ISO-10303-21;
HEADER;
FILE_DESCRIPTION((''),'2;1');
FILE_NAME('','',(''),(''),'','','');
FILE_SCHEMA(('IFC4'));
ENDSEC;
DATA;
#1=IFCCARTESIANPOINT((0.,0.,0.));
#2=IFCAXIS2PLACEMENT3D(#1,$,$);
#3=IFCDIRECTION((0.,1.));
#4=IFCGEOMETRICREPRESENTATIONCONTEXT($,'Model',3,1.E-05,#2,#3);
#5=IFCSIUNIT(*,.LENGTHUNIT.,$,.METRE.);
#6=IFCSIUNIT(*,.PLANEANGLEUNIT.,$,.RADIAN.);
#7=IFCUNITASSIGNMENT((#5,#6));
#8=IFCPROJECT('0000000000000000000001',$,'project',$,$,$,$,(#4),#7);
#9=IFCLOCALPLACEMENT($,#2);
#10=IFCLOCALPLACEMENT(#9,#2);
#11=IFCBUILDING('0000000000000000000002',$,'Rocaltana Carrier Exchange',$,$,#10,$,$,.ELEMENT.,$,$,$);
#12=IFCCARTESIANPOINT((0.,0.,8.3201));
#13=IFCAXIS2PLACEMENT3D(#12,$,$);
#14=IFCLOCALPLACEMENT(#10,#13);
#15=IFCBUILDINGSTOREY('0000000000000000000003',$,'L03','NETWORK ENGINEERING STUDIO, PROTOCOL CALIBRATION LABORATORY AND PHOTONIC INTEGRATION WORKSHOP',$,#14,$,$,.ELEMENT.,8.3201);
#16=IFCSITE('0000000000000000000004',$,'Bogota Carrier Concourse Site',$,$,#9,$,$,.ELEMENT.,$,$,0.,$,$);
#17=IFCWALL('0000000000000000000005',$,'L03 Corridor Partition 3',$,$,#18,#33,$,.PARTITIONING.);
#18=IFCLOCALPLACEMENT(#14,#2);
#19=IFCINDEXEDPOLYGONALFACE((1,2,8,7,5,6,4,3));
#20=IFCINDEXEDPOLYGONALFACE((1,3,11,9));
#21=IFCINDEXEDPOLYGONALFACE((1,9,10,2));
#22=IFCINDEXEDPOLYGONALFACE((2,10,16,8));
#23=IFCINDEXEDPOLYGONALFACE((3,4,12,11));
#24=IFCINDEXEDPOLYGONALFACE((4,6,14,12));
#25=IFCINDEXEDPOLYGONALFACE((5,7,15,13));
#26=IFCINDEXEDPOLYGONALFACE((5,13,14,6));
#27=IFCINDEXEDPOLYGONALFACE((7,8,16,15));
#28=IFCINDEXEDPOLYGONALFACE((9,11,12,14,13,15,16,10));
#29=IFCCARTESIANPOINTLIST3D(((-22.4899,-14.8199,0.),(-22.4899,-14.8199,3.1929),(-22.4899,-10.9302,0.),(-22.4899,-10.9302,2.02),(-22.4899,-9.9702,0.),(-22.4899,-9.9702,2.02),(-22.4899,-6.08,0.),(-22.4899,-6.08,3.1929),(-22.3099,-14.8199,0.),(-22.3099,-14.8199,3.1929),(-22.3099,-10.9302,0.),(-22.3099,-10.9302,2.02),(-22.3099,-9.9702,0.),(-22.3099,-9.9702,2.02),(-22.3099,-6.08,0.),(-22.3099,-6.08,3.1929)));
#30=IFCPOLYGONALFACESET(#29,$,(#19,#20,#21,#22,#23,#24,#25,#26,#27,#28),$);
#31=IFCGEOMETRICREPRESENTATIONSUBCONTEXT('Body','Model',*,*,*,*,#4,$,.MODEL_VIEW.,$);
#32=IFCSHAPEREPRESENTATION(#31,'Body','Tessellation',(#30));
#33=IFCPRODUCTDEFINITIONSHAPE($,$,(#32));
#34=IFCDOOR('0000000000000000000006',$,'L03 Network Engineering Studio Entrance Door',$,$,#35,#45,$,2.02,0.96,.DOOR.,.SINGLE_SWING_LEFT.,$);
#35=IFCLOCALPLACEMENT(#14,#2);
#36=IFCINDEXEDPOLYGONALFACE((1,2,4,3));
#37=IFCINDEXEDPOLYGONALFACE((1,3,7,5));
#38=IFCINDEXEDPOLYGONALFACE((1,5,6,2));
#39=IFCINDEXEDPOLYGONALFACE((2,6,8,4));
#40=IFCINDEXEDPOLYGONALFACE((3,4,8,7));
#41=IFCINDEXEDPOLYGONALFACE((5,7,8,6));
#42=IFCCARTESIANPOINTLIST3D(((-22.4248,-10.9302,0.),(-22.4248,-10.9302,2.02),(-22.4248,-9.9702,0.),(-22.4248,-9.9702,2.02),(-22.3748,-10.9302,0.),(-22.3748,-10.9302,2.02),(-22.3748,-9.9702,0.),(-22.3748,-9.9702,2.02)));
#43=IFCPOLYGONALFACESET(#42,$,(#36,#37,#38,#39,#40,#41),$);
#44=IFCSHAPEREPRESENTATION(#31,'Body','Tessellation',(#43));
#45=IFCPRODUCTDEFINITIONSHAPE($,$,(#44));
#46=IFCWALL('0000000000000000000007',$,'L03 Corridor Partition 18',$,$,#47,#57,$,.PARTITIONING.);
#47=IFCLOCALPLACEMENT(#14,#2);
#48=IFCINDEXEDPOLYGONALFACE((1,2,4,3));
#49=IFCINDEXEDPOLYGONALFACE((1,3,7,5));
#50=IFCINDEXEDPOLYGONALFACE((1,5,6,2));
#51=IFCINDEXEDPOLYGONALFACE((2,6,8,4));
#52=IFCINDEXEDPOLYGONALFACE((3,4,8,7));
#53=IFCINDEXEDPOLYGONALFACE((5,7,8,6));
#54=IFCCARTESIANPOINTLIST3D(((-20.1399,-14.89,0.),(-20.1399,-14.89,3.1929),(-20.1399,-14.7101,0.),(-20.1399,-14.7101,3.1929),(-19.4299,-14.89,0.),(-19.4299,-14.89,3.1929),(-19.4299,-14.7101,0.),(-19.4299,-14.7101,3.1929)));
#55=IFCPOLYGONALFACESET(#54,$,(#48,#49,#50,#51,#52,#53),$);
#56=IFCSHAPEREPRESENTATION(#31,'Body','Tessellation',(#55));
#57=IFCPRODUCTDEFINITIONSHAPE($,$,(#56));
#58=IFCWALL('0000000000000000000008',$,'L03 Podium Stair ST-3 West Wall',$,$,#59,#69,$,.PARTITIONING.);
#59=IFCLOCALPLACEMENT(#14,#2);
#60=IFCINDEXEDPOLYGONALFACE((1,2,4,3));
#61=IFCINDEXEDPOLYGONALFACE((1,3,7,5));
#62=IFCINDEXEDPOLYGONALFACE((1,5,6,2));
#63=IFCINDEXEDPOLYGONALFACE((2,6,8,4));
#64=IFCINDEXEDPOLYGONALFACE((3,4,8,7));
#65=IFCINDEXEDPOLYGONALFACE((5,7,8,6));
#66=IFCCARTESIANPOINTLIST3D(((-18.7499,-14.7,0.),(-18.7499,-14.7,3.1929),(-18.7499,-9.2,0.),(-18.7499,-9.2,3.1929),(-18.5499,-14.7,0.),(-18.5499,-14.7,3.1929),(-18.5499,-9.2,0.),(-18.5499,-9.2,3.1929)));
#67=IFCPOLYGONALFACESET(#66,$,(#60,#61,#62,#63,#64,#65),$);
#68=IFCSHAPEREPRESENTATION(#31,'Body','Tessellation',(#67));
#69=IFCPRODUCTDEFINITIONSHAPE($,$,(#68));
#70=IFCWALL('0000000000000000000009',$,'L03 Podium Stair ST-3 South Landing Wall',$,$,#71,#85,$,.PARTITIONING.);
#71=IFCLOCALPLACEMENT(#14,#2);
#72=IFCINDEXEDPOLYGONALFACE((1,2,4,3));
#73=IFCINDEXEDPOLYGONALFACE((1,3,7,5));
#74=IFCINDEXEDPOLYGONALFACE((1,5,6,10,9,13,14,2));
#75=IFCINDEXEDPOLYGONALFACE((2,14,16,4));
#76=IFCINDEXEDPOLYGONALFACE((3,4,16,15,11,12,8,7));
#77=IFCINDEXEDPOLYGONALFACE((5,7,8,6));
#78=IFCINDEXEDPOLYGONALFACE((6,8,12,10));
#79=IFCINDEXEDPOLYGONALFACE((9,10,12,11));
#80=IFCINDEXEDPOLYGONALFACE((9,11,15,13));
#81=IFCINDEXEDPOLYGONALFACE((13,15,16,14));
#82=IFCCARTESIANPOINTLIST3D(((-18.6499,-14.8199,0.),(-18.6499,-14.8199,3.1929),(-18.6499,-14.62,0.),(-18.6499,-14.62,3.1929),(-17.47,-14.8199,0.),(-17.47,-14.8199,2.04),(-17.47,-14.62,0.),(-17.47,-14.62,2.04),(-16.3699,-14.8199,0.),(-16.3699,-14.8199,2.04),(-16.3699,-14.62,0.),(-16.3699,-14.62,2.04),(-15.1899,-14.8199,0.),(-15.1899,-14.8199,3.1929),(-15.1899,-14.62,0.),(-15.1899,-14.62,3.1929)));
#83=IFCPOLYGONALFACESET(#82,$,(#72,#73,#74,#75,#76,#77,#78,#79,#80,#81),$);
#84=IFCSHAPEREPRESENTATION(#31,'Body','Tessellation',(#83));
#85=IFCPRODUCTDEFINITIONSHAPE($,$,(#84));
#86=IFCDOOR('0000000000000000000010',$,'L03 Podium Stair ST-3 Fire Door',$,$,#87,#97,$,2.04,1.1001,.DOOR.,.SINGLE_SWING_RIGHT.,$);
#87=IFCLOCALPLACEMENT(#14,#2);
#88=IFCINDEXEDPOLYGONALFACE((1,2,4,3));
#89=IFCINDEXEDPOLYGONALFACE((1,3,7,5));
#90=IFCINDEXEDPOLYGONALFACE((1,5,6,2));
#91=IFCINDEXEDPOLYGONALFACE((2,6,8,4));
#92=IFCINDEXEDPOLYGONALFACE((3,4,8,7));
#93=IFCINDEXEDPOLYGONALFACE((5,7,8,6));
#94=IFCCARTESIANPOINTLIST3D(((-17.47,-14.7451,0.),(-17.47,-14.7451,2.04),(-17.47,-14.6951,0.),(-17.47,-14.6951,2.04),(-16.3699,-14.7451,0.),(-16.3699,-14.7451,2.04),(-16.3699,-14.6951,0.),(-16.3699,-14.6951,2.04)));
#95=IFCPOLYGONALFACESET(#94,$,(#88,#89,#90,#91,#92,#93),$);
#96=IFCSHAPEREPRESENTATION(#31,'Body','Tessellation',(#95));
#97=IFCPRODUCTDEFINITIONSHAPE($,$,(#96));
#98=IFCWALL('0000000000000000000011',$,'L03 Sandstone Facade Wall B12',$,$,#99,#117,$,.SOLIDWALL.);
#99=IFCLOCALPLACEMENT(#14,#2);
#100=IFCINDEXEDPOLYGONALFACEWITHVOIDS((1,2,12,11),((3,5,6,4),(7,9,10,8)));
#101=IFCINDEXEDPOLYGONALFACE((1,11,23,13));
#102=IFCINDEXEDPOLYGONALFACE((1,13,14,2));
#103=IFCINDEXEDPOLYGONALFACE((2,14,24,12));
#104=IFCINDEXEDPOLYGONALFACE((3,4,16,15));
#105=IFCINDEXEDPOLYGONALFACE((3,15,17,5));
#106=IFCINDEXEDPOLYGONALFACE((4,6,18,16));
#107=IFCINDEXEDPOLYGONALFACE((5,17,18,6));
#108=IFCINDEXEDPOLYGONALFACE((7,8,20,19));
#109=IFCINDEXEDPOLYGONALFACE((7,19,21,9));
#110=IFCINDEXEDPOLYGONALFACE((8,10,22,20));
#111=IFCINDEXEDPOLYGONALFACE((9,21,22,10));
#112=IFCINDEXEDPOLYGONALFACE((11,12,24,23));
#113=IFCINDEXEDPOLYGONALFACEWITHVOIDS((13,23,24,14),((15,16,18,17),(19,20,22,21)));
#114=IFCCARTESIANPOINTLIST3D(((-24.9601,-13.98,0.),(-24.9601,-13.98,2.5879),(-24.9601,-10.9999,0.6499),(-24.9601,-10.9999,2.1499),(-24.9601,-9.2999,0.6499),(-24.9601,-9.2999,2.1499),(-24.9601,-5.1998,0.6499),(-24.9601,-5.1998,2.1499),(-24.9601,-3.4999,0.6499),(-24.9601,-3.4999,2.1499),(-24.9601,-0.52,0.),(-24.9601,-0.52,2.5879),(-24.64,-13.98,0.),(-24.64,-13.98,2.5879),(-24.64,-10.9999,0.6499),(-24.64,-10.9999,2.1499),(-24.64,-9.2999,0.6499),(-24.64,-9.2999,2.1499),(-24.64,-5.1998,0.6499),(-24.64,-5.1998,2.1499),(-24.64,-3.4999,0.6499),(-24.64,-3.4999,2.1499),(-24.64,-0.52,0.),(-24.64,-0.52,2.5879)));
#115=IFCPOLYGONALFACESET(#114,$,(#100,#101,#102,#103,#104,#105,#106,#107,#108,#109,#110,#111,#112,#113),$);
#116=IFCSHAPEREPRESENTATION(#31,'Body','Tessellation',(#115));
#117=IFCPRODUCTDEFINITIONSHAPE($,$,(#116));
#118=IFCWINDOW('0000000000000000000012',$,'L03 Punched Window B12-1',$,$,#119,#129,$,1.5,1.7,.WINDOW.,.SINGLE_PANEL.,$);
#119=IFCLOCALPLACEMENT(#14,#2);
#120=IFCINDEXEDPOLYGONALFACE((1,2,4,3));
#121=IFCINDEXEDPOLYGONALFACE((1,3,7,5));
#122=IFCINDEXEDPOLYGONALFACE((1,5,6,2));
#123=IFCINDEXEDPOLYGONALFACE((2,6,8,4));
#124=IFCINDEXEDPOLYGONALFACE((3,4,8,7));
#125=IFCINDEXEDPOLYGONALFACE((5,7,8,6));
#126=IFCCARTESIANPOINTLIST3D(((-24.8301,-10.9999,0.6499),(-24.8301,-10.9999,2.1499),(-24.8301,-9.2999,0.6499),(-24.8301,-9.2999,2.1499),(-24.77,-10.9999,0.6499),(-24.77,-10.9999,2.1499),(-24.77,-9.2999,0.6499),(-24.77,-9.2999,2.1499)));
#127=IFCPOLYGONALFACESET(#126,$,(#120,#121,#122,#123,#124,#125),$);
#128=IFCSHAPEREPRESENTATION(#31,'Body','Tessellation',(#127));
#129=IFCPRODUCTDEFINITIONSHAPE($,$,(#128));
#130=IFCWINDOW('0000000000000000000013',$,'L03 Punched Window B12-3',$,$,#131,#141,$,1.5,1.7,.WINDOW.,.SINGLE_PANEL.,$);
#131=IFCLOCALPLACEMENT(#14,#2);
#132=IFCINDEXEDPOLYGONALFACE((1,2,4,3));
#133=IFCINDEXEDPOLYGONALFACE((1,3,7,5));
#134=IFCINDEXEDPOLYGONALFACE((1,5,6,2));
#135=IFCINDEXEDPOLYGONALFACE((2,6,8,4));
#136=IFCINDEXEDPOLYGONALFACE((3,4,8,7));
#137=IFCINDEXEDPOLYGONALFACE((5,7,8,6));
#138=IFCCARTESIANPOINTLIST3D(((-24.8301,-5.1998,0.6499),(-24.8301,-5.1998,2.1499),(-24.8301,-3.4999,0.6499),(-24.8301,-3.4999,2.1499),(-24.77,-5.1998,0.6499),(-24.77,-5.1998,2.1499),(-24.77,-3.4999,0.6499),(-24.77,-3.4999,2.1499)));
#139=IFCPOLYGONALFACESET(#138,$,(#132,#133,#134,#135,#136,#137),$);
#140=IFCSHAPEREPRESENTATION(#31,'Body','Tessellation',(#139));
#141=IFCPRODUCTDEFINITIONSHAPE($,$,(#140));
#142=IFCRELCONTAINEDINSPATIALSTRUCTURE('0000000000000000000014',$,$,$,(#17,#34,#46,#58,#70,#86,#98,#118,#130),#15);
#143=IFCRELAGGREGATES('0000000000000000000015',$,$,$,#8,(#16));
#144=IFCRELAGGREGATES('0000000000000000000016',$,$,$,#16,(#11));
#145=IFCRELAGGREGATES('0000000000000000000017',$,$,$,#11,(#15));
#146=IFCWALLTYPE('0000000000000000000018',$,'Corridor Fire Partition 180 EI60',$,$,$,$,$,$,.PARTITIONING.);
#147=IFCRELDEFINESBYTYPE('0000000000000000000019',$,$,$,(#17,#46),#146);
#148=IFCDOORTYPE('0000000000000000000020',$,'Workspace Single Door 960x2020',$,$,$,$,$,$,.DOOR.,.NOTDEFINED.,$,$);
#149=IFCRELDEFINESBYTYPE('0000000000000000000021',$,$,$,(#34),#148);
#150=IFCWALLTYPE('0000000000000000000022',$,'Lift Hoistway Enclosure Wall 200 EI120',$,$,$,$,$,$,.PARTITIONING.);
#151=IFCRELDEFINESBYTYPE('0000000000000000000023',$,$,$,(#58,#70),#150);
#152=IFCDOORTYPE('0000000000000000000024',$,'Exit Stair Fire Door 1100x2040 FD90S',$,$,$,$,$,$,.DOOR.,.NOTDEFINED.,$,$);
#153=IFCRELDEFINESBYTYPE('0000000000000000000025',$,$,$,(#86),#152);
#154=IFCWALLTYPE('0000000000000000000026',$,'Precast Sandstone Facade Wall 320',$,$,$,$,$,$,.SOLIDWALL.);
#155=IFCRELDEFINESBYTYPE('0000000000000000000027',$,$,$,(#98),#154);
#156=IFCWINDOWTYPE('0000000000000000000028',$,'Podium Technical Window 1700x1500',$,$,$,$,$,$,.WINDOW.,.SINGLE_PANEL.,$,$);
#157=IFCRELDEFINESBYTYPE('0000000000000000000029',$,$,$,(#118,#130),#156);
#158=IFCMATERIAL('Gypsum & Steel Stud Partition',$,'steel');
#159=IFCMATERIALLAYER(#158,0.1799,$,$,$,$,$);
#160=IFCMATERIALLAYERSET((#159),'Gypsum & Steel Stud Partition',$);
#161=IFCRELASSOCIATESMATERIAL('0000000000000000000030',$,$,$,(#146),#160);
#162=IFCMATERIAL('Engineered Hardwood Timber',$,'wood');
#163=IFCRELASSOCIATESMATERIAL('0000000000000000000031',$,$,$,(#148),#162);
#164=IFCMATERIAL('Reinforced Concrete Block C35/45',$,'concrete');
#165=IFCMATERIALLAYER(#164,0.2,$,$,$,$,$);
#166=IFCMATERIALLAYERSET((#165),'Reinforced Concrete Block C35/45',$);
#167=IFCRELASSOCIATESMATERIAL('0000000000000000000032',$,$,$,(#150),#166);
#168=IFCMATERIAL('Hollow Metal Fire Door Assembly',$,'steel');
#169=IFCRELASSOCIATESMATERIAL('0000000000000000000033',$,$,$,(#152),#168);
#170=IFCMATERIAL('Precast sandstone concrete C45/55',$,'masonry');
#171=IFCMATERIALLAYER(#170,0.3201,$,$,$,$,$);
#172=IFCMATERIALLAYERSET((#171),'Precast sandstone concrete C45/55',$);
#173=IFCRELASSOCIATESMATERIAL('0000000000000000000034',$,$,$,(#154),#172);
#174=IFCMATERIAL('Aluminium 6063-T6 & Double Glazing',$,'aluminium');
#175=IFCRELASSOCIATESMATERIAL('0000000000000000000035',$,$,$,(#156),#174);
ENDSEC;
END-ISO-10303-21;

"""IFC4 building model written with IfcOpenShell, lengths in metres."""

from ifc_helpers import new_model, si_unit, direction, frame, frame_2d, origin, place, context, subcontext, project, spatial, rectangle, extrude, material, layer, layer_set, type_object, element, fill, save


model = new_model("IFC4")

# Units and contexts
model_context = context("Model", 3, precision=1e-05, world=origin(), true_north=direction((0.0, 1.0)))
body_context = subcontext(model_context, "Body", "Model", "MODEL_VIEW")
ifc_project = project(units=[si_unit("LENGTHUNIT", "METRE"), si_unit("PLANEANGLEUNIT", "RADIAN")], contexts=[model_context])

# Site, building, storey
site_placement = place(None, origin())
site = spatial("IfcSite", under=ifc_project, at=site_placement, Name="Bogota Carrier Concourse Site", CompositionType="ELEMENT", RefElevation=0.0)
building_placement = place(site_placement, origin())
building = spatial("IfcBuilding", under=site, at=building_placement, Name="Rocaltana Carrier Exchange", CompositionType="ELEMENT")
storey_placement = place(building_placement, frame((0.0, 0.0, 8.3201)))
storey = spatial("IfcBuildingStorey", under=building, at=storey_placement, Name="L03", Description="NETWORK ENGINEERING STUDIO, PROTOCOL CALIBRATION LABORATORY AND PHOTONIC INTEGRATION WORKSHOP", CompositionType="ELEMENT", Elevation=8.3201)

# Shared definitions
ifc_material_1 = material(Name="Gypsum & Steel Stud Partition", Category="steel")
ifc_layer_1 = layer(ifc_material_1, 0.1799)
ifc_layer_set_1 = layer_set([ifc_layer_1], Name="Gypsum & Steel Stud Partition")
wall_type_1 = type_object("IfcWallType", Name="Corridor Fire Partition 180 EI60", PredefinedType="PARTITIONING", material=ifc_layer_set_1)

# Wall, opening, door
wall_1_placement = place(storey_placement, frame((-22.3999, -14.8201, 0.0), z_axis=(0.0, 0.0, 1.0), x_axis=(0.0, 1.0, 0.0)))
wall_1 = element("IfcWall", 1, at=wall_1_placement, inside=storey, type_object=wall_type_1, Name="L03 Corridor Partition 3", PredefinedType="PARTITIONING", context=body_context, shape_type="SweptSolid", body=[
    extrude(rectangle(XDim=8.74, YDim=0.1799, at=frame_2d((4.3701, 0.0))), origin(), (0.0, 0.0, 1.0), 3.1929),
])
opening_1_placement = place(wall_1_placement, frame((3.8899, 0.0, 0.0)))
opening_1 = element("IfcOpeningElement", 2, at=opening_1_placement, cuts=wall_1, PredefinedType="OPENING", context=body_context, shape_type="SweptSolid", body=[
    extrude(rectangle(XDim=0.96, YDim=2.02, at=frame_2d((0.48, 1.01))), frame((0.0, 0.0999, 0.0), z_axis=(0.0, -1.0, 0.0), x_axis=(1.0, 0.0, 0.0)), (0.0, 0.0, 1.0), 0.2),
])
ifc_material_2 = material(Name="Engineered Hardwood Timber", Category="wood")
door_type_1 = type_object("IfcDoorType", Name="Workspace Single Door 960x2020", OperationType="NOTDEFINED", PredefinedType="DOOR", material=ifc_material_2)
door_1_placement = place(opening_1_placement, origin())
door_1 = element("IfcDoor", 3, at=door_1_placement, inside=storey, type_object=door_type_1, Name="L03 Network Engineering Studio Entrance Door", OperationType="SINGLE_SWING_LEFT", OverallHeight=2.02, OverallWidth=0.96, PredefinedType="DOOR", context=body_context, shape_type="SweptSolid", body=[
    extrude(rectangle(XDim=0.96, YDim=2.02, at=frame_2d((0.48, 1.01))), frame((0.0, 0.0249, 0.0), z_axis=(0.0, -1.0, 0.0), x_axis=(1.0, 0.0, 0.0)), (0.0, 0.0, 1.0), 0.05),
])
fill(opening_1, door_1)

# Walls
wall_2_placement = place(storey_placement, frame((-20.1399, -14.8, 0.0), z_axis=(0.0, 0.0, 1.0), x_axis=(1.0, 0.0, 0.0)))
element("IfcWall", 4, at=wall_2_placement, inside=storey, type_object=wall_type_1, Name="L03 Corridor Partition 18", PredefinedType="PARTITIONING", context=body_context, shape_type="SweptSolid", body=[
    extrude(rectangle(XDim=0.71, YDim=0.1799, at=frame_2d((0.355, 0.0))), origin(), (0.0, 0.0, 1.0), 3.1929),
])
ifc_material_3 = material(Name="Reinforced Concrete Block C35/45", Category="concrete")
ifc_layer_2 = layer(ifc_material_3, 0.2)
ifc_layer_set_2 = layer_set([ifc_layer_2], Name="Reinforced Concrete Block C35/45")
wall_type_2 = type_object("IfcWallType", Name="Lift Hoistway Enclosure Wall 200 EI120", PredefinedType="PARTITIONING", material=ifc_layer_set_2)
wall_3_placement = place(storey_placement, frame((-18.6499, -14.7, 0.0), z_axis=(0.0, 0.0, 1.0), x_axis=(0.0, 1.0, 0.0)))
element("IfcWall", 5, at=wall_3_placement, inside=storey, type_object=wall_type_2, Name="L03 Podium Stair ST-3 West Wall", PredefinedType="PARTITIONING", context=body_context, shape_type="SweptSolid", body=[
    extrude(rectangle(XDim=5.5, YDim=0.2, at=frame_2d((2.75, 0.0))), origin(), (0.0, 0.0, 1.0), 3.1929),
])

# Wall, opening, door
wall_4_placement = place(storey_placement, frame((-18.6499, -14.72, 0.0), z_axis=(0.0, 0.0, 1.0), x_axis=(1.0, 0.0, 0.0)))
wall_4 = element("IfcWall", 6, at=wall_4_placement, inside=storey, type_object=wall_type_2, Name="L03 Podium Stair ST-3 South Landing Wall", PredefinedType="PARTITIONING", context=body_context, shape_type="SweptSolid", body=[
    extrude(rectangle(XDim=3.46, YDim=0.2, at=frame_2d((1.73, 0.0))), origin(), (0.0, 0.0, 1.0), 3.1929),
])
opening_2_placement = place(wall_4_placement, frame((1.1799, 0.0, 0.0)))
opening_2 = element("IfcOpeningElement", 7, at=opening_2_placement, cuts=wall_4, PredefinedType="OPENING", context=body_context, shape_type="SweptSolid", body=[
    extrude(rectangle(XDim=1.1001, YDim=2.04, at=frame_2d((0.55, 1.02))), frame((0.0, 0.1099, 0.0), z_axis=(0.0, -1.0, 0.0), x_axis=(1.0, 0.0, 0.0)), (0.0, 0.0, 1.0), 0.22),
])
ifc_material_4 = material(Name="Hollow Metal Fire Door Assembly", Category="steel")
door_type_2 = type_object("IfcDoorType", Name="Exit Stair Fire Door 1100x2040 FD90S", OperationType="NOTDEFINED", PredefinedType="DOOR", material=ifc_material_4)
door_2_placement = place(opening_2_placement, origin())
door_2 = element("IfcDoor", 8, at=door_2_placement, inside=storey, type_object=door_type_2, Name="L03 Podium Stair ST-3 Fire Door", OperationType="SINGLE_SWING_RIGHT", OverallHeight=2.04, OverallWidth=1.1001, PredefinedType="DOOR", context=body_context, shape_type="SweptSolid", body=[
    extrude(rectangle(XDim=1.1001, YDim=2.04, at=frame_2d((0.55, 1.02))), frame((0.0, 0.0249, 0.0), z_axis=(0.0, -1.0, 0.0), x_axis=(1.0, 0.0, 0.0)), (0.0, 0.0, 1.0), 0.05),
])
fill(opening_2, door_2)

# Wall, openings, windows
ifc_material_5 = material(Name="Precast sandstone concrete C45/55", Category="masonry")
ifc_layer_3 = layer(ifc_material_5, 0.3201)
ifc_layer_set_3 = layer_set([ifc_layer_3], Name="Precast sandstone concrete C45/55")
wall_type_3 = type_object("IfcWallType", Name="Precast Sandstone Facade Wall 320", PredefinedType="SOLIDWALL", material=ifc_layer_set_3)
wall_5_placement = place(storey_placement, frame((-24.8, -13.98, 0.0), z_axis=(0.0, 0.0, 1.0), x_axis=(0.0, 1.0, 0.0)))
wall_5 = element("IfcWall", 9, at=wall_5_placement, inside=storey, type_object=wall_type_3, Name="L03 Sandstone Facade Wall B12", PredefinedType="SOLIDWALL", context=body_context, shape_type="SweptSolid", body=[
    extrude(rectangle(XDim=13.46, YDim=0.3201, at=frame_2d((6.73, 0.0))), origin(), (0.0, 0.0, 1.0), 2.5879),
])
opening_3_placement = place(wall_5_placement, frame((2.98, 0.0, 0.6499)))
opening_3 = element("IfcOpeningElement", 10, at=opening_3_placement, cuts=wall_5, PredefinedType="OPENING", context=body_context, shape_type="SweptSolid", body=[
    extrude(rectangle(XDim=1.7, YDim=1.5, at=frame_2d((0.8501, 0.75))), frame((0.0, 0.1699, 0.0), z_axis=(0.0, -1.0, 0.0), x_axis=(1.0, 0.0, 0.0)), (0.0, 0.0, 1.0), 0.3401),
])
opening_4_placement = place(wall_5_placement, frame((8.78, 0.0, 0.6499)))
opening_4 = element("IfcOpeningElement", 11, at=opening_4_placement, cuts=wall_5, PredefinedType="OPENING", context=body_context, shape_type="SweptSolid", body=[
    extrude(rectangle(XDim=1.7, YDim=1.5, at=frame_2d((0.8501, 0.75))), frame((0.0, 0.1699, 0.0), z_axis=(0.0, -1.0, 0.0), x_axis=(1.0, 0.0, 0.0)), (0.0, 0.0, 1.0), 0.3401),
])
ifc_material_6 = material(Name="Aluminium 6063-T6 & Double Glazing", Category="aluminium")
window_type_1 = type_object("IfcWindowType", Name="Podium Technical Window 1700x1500", PartitioningType="SINGLE_PANEL", PredefinedType="WINDOW", material=ifc_material_6)
window_1_placement = place(opening_3_placement, origin())
window_1 = element("IfcWindow", 12, at=window_1_placement, inside=storey, type_object=window_type_1, Name="L03 Punched Window B12-1", OverallHeight=1.5, OverallWidth=1.7, PartitioningType="SINGLE_PANEL", PredefinedType="WINDOW", context=body_context, shape_type="SweptSolid", body=[
    extrude(rectangle(XDim=1.7, YDim=1.5, at=frame_2d((0.8501, 0.75))), frame((0.0, 0.03, 0.0), z_axis=(0.0, -1.0, 0.0), x_axis=(1.0, 0.0, 0.0)), (0.0, 0.0, 1.0), 0.0601),
])
fill(opening_3, window_1)
window_2_placement = place(opening_4_placement, origin())
window_2 = element("IfcWindow", 13, at=window_2_placement, inside=storey, type_object=window_type_1, Name="L03 Punched Window B12-3", OverallHeight=1.5, OverallWidth=1.7, PartitioningType="SINGLE_PANEL", PredefinedType="WINDOW", context=body_context, shape_type="SweptSolid", body=[
    extrude(rectangle(XDim=1.7, YDim=1.5, at=frame_2d((0.8501, 0.75))), frame((0.0, 0.03, 0.0), z_axis=(0.0, -1.0, 0.0), x_axis=(1.0, 0.0, 0.0)), (0.0, 0.0, 1.0), 0.0601),
])
fill(opening_4, window_2)

save(model, "model.ifc")
